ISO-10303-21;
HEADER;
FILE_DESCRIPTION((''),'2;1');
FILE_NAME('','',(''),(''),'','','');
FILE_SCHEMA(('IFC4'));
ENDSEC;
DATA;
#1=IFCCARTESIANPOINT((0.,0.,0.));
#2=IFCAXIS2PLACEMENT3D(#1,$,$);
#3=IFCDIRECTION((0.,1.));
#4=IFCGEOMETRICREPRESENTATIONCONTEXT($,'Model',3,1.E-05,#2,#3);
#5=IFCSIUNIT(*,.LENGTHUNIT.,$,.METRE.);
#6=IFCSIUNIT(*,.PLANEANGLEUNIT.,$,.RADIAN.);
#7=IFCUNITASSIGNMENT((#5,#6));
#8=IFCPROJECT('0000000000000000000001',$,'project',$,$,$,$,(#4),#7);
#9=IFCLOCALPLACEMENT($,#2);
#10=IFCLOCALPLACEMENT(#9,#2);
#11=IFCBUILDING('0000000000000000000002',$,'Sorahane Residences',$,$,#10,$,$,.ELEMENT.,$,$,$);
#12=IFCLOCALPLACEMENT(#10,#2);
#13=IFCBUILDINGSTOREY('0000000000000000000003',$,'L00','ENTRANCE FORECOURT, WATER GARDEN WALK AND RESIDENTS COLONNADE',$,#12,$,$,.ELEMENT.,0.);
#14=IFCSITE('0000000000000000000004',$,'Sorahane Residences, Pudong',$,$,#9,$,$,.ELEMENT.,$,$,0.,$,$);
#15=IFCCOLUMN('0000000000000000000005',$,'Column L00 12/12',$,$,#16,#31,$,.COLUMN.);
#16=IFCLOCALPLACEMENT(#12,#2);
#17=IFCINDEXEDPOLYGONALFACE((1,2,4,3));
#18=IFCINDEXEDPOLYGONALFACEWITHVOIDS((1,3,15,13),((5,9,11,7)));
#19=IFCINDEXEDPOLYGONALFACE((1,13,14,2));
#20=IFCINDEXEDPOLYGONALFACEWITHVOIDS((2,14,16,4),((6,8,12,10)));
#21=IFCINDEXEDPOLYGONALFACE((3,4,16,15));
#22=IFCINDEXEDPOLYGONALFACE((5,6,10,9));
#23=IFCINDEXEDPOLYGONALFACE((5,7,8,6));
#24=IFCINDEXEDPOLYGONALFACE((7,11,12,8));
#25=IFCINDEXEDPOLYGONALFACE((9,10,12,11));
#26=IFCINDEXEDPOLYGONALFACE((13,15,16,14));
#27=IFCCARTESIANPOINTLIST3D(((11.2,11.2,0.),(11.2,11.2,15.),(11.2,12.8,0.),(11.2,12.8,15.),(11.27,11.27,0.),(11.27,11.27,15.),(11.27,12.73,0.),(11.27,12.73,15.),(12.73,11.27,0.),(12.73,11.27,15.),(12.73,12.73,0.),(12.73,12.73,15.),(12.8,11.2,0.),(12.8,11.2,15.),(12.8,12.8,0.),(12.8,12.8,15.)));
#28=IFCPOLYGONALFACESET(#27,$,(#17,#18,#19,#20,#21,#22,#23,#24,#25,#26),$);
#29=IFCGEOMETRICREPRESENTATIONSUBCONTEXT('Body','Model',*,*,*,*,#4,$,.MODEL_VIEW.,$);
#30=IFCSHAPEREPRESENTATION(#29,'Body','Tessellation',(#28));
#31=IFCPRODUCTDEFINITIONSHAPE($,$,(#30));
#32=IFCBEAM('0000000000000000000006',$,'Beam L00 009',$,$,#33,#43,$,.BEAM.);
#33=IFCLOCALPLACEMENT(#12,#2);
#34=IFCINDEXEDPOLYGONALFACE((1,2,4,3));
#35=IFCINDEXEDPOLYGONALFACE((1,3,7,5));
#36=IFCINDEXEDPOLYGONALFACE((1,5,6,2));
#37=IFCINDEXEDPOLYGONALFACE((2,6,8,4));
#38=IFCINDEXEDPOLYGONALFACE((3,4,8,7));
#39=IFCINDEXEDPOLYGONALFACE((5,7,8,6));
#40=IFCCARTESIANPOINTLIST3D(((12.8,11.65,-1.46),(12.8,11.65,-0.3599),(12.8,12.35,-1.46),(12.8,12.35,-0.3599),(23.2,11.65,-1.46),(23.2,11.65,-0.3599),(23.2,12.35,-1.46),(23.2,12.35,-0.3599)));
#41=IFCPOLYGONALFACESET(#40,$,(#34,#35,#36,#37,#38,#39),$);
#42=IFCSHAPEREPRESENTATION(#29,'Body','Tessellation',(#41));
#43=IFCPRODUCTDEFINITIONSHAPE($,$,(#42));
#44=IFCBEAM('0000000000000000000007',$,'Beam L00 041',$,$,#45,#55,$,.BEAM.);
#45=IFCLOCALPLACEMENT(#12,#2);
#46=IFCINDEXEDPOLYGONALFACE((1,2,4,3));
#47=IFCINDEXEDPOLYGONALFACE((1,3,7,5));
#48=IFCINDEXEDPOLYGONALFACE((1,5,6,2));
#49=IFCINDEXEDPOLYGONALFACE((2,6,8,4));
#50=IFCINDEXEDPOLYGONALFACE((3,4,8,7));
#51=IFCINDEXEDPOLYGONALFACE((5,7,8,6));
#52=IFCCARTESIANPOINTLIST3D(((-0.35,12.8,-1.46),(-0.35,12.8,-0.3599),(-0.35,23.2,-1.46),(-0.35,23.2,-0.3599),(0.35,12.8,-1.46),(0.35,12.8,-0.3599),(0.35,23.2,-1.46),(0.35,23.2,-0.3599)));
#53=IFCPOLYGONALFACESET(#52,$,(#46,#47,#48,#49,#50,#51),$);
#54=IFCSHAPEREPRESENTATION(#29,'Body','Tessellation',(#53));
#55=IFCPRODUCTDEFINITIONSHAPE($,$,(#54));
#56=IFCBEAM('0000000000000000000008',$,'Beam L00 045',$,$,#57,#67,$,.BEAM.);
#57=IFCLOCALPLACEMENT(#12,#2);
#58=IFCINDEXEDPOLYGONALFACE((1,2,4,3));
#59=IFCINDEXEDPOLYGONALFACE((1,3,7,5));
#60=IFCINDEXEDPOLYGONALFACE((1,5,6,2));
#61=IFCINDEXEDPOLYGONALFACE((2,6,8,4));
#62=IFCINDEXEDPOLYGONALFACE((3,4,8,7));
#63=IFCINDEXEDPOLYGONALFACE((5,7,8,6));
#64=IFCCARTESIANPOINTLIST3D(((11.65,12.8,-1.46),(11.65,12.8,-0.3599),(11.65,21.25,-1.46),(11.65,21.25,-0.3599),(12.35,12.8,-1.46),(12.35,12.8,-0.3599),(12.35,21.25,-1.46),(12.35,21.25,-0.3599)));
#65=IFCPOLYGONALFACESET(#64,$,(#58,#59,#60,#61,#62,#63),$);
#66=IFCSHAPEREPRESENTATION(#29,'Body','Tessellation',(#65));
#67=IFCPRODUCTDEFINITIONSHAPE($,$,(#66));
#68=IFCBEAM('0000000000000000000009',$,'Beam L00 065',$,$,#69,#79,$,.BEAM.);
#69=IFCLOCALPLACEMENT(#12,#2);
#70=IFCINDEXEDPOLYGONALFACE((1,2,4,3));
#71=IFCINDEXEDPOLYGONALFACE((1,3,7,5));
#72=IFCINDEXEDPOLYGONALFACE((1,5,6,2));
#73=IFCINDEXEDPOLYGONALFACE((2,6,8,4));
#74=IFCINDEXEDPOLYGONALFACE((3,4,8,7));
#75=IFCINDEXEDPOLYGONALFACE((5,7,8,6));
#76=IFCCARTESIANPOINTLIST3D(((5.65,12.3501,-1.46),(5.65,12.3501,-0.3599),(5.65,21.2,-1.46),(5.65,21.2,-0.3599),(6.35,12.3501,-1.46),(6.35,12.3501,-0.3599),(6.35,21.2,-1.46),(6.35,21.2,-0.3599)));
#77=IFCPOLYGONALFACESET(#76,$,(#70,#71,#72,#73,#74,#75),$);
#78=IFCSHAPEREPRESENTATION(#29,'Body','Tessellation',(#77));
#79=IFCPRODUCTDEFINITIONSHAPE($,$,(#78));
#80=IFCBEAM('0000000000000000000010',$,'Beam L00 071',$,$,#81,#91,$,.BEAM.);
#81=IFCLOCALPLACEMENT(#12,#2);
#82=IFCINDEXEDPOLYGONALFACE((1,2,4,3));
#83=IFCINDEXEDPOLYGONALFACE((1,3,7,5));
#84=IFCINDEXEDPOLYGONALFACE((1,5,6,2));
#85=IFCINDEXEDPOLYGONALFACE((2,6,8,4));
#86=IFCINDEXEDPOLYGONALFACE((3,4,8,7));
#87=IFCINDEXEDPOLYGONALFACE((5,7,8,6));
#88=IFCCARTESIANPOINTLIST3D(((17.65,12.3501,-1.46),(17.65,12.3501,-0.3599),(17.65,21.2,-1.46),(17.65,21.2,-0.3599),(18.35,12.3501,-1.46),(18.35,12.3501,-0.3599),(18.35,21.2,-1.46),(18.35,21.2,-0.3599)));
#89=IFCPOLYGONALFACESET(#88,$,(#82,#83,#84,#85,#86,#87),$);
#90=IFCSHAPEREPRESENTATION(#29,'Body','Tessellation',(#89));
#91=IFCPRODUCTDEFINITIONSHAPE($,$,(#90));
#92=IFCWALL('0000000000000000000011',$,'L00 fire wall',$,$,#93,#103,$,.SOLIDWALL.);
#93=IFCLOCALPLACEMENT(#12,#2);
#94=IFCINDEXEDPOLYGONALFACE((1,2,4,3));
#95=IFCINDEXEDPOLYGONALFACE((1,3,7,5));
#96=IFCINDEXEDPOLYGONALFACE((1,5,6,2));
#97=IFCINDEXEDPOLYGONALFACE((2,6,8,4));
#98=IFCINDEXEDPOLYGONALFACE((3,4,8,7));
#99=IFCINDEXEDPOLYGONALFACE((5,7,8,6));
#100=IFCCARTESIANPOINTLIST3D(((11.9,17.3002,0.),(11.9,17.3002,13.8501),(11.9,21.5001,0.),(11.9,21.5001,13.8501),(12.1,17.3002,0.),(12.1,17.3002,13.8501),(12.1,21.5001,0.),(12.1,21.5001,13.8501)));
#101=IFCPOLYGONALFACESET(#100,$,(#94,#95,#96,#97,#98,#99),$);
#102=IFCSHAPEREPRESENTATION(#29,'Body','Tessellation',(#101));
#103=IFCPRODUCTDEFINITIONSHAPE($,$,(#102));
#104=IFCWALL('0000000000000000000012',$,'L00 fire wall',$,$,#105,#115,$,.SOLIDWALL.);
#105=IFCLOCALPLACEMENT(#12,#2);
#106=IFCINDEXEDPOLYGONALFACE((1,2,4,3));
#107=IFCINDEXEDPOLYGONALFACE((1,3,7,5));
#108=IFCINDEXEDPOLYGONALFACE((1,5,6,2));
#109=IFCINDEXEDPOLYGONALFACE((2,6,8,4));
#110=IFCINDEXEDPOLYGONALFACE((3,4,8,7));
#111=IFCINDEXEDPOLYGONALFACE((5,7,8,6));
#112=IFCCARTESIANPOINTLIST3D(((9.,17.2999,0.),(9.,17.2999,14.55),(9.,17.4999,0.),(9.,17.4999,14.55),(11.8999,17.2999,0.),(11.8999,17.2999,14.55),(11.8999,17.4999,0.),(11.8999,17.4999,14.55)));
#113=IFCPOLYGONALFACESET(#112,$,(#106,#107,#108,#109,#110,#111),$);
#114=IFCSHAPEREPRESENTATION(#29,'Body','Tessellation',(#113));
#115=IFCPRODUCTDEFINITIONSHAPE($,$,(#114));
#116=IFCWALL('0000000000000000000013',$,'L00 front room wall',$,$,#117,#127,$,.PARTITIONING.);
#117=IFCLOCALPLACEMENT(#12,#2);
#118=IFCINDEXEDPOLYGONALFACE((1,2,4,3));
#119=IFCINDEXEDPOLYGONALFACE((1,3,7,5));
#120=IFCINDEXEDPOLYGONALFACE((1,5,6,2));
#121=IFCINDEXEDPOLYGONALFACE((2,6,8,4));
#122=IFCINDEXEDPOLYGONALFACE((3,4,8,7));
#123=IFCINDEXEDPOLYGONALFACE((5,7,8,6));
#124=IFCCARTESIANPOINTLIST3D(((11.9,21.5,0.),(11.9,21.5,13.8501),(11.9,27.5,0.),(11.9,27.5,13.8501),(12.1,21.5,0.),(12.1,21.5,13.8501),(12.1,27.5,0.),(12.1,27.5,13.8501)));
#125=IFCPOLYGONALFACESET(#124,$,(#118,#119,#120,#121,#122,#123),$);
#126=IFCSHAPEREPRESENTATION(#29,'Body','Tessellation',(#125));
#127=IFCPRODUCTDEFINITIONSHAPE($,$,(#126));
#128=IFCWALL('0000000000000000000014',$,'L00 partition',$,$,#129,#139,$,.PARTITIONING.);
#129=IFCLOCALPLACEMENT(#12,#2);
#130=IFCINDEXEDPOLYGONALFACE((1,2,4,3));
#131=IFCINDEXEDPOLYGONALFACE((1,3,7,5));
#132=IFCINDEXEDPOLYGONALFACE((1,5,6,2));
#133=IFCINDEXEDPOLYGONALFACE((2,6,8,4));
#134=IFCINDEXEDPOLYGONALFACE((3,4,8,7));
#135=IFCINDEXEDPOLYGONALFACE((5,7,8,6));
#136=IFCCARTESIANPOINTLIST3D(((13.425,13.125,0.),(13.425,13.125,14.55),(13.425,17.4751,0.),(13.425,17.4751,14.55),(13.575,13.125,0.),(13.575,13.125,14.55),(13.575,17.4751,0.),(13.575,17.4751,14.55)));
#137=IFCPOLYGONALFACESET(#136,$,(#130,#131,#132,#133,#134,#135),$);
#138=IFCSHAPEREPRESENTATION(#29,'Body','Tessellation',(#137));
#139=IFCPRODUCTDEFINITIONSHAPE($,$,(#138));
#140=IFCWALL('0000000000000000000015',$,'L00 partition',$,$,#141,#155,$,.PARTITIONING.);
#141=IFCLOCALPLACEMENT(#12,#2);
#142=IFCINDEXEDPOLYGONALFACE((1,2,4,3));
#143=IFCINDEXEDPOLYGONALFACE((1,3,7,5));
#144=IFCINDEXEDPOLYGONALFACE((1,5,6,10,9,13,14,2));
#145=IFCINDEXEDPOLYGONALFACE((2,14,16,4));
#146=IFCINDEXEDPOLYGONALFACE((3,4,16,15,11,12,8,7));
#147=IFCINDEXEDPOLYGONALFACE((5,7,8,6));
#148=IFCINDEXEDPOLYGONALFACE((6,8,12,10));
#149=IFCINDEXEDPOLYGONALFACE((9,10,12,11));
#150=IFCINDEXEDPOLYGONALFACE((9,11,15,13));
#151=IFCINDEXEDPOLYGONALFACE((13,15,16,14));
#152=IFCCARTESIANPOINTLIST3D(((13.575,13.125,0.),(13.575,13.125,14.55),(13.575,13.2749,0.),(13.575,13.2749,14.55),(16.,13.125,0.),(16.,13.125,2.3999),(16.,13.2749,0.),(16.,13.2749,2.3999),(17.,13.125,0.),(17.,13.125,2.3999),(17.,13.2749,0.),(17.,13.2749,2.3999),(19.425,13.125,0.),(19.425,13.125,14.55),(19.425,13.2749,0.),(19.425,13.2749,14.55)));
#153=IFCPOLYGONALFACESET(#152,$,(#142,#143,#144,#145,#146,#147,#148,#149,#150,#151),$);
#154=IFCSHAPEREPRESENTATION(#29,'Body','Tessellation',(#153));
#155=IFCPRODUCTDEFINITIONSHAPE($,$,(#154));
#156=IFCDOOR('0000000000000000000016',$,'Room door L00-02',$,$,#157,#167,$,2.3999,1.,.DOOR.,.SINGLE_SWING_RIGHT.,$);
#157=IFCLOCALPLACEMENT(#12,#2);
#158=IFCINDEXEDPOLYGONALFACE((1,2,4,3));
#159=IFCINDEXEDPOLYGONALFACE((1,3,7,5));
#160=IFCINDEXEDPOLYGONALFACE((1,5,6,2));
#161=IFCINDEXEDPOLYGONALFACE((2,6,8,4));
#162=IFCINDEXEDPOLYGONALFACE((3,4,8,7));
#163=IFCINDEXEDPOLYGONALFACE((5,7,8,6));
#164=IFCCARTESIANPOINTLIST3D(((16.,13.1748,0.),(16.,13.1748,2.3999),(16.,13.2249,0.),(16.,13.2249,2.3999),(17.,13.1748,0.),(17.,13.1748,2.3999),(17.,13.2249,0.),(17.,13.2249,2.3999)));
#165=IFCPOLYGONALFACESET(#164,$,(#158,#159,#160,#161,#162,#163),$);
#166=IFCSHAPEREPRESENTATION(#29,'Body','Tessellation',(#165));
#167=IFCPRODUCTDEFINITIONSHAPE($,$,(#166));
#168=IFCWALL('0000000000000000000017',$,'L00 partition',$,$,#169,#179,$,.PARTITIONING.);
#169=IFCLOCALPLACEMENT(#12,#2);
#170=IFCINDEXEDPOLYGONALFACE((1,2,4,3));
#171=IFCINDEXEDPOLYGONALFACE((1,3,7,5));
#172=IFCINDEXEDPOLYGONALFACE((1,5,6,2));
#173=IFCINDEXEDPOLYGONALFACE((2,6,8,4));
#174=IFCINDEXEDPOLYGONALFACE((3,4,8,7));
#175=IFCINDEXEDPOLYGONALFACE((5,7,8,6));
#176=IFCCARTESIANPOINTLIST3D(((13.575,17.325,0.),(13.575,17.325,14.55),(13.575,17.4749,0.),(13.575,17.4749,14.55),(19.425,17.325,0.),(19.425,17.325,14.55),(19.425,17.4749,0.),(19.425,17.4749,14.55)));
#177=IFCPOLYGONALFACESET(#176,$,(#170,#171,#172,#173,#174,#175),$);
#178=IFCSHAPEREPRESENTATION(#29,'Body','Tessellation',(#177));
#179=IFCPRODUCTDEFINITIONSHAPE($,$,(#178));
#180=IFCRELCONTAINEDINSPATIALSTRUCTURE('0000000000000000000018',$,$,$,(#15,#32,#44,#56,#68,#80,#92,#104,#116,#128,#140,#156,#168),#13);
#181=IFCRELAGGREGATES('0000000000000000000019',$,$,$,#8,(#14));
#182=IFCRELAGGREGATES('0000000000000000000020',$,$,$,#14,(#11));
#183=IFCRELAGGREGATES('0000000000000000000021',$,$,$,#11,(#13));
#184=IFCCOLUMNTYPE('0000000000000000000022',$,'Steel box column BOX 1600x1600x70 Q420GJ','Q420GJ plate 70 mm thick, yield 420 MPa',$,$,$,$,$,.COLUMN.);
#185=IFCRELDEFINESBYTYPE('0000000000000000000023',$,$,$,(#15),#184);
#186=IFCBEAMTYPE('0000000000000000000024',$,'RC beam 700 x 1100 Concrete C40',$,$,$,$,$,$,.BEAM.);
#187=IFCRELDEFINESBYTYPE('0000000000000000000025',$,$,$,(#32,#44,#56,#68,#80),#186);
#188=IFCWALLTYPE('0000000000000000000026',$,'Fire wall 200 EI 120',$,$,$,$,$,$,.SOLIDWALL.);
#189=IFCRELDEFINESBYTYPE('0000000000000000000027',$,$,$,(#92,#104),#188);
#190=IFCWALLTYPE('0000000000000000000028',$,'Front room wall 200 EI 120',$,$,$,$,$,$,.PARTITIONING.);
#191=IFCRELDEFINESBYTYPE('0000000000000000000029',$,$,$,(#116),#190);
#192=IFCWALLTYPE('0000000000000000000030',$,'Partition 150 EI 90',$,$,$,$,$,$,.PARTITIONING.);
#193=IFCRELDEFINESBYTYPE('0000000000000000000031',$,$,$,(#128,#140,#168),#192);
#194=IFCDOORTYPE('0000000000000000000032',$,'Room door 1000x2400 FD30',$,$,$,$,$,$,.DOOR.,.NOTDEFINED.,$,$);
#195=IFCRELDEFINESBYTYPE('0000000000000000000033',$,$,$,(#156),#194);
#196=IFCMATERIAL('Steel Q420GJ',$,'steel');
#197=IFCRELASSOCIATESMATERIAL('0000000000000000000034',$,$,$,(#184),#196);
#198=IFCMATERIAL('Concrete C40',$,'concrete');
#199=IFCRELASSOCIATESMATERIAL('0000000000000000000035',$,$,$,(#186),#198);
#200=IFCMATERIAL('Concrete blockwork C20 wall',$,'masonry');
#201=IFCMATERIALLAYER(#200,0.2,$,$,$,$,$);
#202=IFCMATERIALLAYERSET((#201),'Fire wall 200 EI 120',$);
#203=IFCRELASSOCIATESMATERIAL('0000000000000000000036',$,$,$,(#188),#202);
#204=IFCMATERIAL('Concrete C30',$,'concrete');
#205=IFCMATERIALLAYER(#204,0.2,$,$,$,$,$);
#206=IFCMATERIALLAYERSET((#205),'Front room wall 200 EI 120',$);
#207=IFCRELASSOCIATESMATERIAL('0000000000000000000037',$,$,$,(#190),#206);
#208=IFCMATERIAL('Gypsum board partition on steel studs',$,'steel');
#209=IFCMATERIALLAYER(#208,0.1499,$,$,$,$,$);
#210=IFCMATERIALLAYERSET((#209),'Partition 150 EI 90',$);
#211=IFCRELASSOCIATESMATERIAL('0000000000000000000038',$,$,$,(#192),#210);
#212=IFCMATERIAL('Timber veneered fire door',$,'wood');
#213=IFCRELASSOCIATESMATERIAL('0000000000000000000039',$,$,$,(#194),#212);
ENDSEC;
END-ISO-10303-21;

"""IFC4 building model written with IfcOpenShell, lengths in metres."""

from ifc_helpers import new_model, si_unit, direction, frame, frame_2d, origin, origin_2d, place, context, subcontext, project, spatial, rectangle, hollow_rectangle, extrude, material, layer, layer_set, material_profile, profile_set, type_object, element, fill, save


model = new_model("IFC4")

# Units and contexts
model_context = context("Model", 3, precision=1e-05, world=origin(), true_north=direction((0.0, 1.0)))
body_context = subcontext(model_context, "Body", "Model", "MODEL_VIEW")
ifc_project = project(units=[si_unit("LENGTHUNIT", "METRE"), si_unit("PLANEANGLEUNIT", "RADIAN")], contexts=[model_context])

# Site, building, storey
site_placement = place(None, origin())
site = spatial("IfcSite", under=ifc_project, at=site_placement, Name="Sorahane Residences, Pudong", CompositionType="ELEMENT", RefElevation=0.0)
building_placement = place(site_placement, origin())
building = spatial("IfcBuilding", under=site, at=building_placement, Name="Sorahane Residences", CompositionType="ELEMENT")
storey_placement = place(building_placement, origin())
storey = spatial("IfcBuildingStorey", under=building, at=storey_placement, Name="L00", Description="ENTRANCE FORECOURT, WATER GARDEN WALK AND RESIDENTS COLONNADE", CompositionType="ELEMENT", Elevation=0.0)

# Column
ifc_material_1 = material(Name="Steel Q420GJ", Category="steel")
ifc_material_profile_1 = material_profile(ifc_material_1, hollow_rectangle(XDim=1.6001, YDim=1.6001, WallThickness=0.0701, at=origin_2d()), Name="BOX 1600x1600x70")
ifc_profile_set_1 = profile_set([ifc_material_profile_1], Name="Steel Q420GJ")
column_type = type_object("IfcColumnType", Name="Steel box column BOX 1600x1600x70 Q420GJ", Description="Q420GJ plate 70 mm thick, yield 420 MPa", PredefinedType="COLUMN", material=ifc_profile_set_1)
column_placement = place(storey_placement, frame((12.0, 12.0, 0.0), z_axis=(0.0, 0.0, 1.0), x_axis=(1.0, 0.0, 0.0)))
element("IfcColumn", 1, at=column_placement, inside=storey, type_object=column_type, Name="Column L00 12/12", PredefinedType="COLUMN", context=body_context, shape_type="SweptSolid", body=[
    extrude(hollow_rectangle(XDim=1.6001, YDim=1.6001, WallThickness=0.0701, at=origin_2d()), origin(), (0.0, 0.0, 1.0), 15.0),
])

# Beams
ifc_material_2 = material(Name="Concrete C40", Category="concrete")
ifc_material_profile_2 = material_profile(ifc_material_2, rectangle(XDim=0.7, YDim=1.1001, at=origin_2d()), Name="700x1100")
ifc_profile_set_2 = profile_set([ifc_material_profile_2], Name="Concrete C40")
beam_type = type_object("IfcBeamType", Name="RC beam 700 x 1100 Concrete C40", PredefinedType="BEAM", material=ifc_profile_set_2)
for number, where, z_axis, x_axis, name in (
    (2, (12.8, 12.0, -0.9099), (1.0, 0.0, 0.0), (0.0, 1.0, 0.0), "Beam L00 009"),
    (3, (0.0, 12.8, -0.9099), (0.0, 1.0, 0.0), (-1.0, 0.0, 0.0), "Beam L00 041"),
):
    element("IfcBeam", number, at=place(storey_placement, frame(where, z_axis=z_axis, x_axis=x_axis)), inside=storey, type_object=beam_type, Name=name, PredefinedType="BEAM", context=body_context, shape_type="SweptSolid", body=[
        extrude(rectangle(XDim=0.7, YDim=1.1001, at=origin_2d()), origin(), (0.0, 0.0, 1.0), 10.3999),
    ])
beam_placement = place(storey_placement, frame((12.0, 12.8, -0.9099), z_axis=(0.0, 1.0, 0.0), x_axis=(-1.0, 0.0, 0.0)))
element("IfcBeam", 4, at=beam_placement, inside=storey, type_object=beam_type, Name="Beam L00 045", PredefinedType="BEAM", context=body_context, shape_type="SweptSolid", body=[
    extrude(rectangle(XDim=0.7, YDim=1.1001, at=origin_2d()), origin(), (0.0, 0.0, 1.0), 8.45),
])
for number, where, z_axis, x_axis, name in (
    (5, (6.0, 12.3501, -0.9099), (0.0, 1.0, 0.0), (-1.0, 0.0, 0.0), "Beam L00 065"),
    (6, (18.0, 12.3501, -0.9099), (0.0, 1.0, 0.0), (-1.0, 0.0, 0.0), "Beam L00 071"),
):
    element("IfcBeam", number, at=place(storey_placement, frame(where, z_axis=z_axis, x_axis=x_axis)), inside=storey, type_object=beam_type, Name=name, PredefinedType="BEAM", context=body_context, shape_type="SweptSolid", body=[
        extrude(rectangle(XDim=0.7, YDim=1.1001, at=origin_2d()), origin(), (0.0, 0.0, 1.0), 8.8499),
    ])

# Walls
ifc_material_3 = material(Name="Concrete blockwork C20 wall", Category="masonry")
ifc_layer_1 = layer(ifc_material_3, 0.2)
ifc_layer_set_1 = layer_set([ifc_layer_1], Name="Fire wall 200 EI 120")
wall_type_1 = type_object("IfcWallType", Name="Fire wall 200 EI 120", PredefinedType="SOLIDWALL", material=ifc_layer_set_1)
wall_1_placement = place(storey_placement, frame((12.0, 17.3, 0.0), z_axis=(0.0, 0.0, 1.0), x_axis=(0.0, 1.0, 0.0)))
element("IfcWall", 7, at=wall_1_placement, inside=storey, type_object=wall_type_1, Name="L00 fire wall", PredefinedType="SOLIDWALL", context=body_context, shape_type="SweptSolid", body=[
    extrude(rectangle(XDim=4.2, YDim=0.2, at=frame_2d((2.1001, 0.0))), origin(), (0.0, 0.0, 1.0), 13.8501),
])
wall_2_placement = place(storey_placement, frame((9.0, 17.3999, 0.0), z_axis=(0.0, 0.0, 1.0), x_axis=(1.0, 0.0, 0.0)))
element("IfcWall", 8, at=wall_2_placement, inside=storey, type_object=wall_type_1, Name="L00 fire wall", PredefinedType="SOLIDWALL", context=body_context, shape_type="SweptSolid", body=[
    extrude(rectangle(XDim=2.8999, YDim=0.2, at=frame_2d((1.45, 0.0))), origin(), (0.0, 0.0, 1.0), 14.55),
])
ifc_material_4 = material(Name="Concrete C30", Category="concrete")
ifc_layer_2 = layer(ifc_material_4, 0.2)
ifc_layer_set_2 = layer_set([ifc_layer_2], Name="Front room wall 200 EI 120")
wall_type_2 = type_object("IfcWallType", Name="Front room wall 200 EI 120", PredefinedType="PARTITIONING", material=ifc_layer_set_2)
wall_3_placement = place(storey_placement, frame((12.0, 21.5, 0.0), z_axis=(0.0, 0.0, 1.0), x_axis=(0.0, 1.0, 0.0)))
element("IfcWall", 9, at=wall_3_placement, inside=storey, type_object=wall_type_2, Name="L00 front room wall", PredefinedType="PARTITIONING", context=body_context, shape_type="SweptSolid", body=[
    extrude(rectangle(XDim=6.0, YDim=0.2, at=frame_2d((3.0, 0.0))), origin(), (0.0, 0.0, 1.0), 13.8501),
])
ifc_material_5 = material(Name="Gypsum board partition on steel studs", Category="steel")
ifc_layer_3 = layer(ifc_material_5, 0.1499)
ifc_layer_set_3 = layer_set([ifc_layer_3], Name="Partition 150 EI 90")
wall_type_3 = type_object("IfcWallType", Name="Partition 150 EI 90", PredefinedType="PARTITIONING", material=ifc_layer_set_3)
wall_4_placement = place(storey_placement, frame((13.5, 13.125, 0.0), z_axis=(0.0, 0.0, 1.0), x_axis=(0.0, 1.0, 0.0)))
element("IfcWall", 10, at=wall_4_placement, inside=storey, type_object=wall_type_3, Name="L00 partition", PredefinedType="PARTITIONING", context=body_context, shape_type="SweptSolid", body=[
    extrude(rectangle(XDim=4.3501, YDim=0.1499, at=frame_2d((2.175, 0.0))), origin(), (0.0, 0.0, 1.0), 14.55),
])

# Wall, opening, door
wall_5_placement = place(storey_placement, frame((13.575, 13.2, 0.0), z_axis=(0.0, 0.0, 1.0), x_axis=(1.0, 0.0, 0.0)))
wall_5 = element("IfcWall", 11, at=wall_5_placement, inside=storey, type_object=wall_type_3, Name="L00 partition", PredefinedType="PARTITIONING", context=body_context, shape_type="SweptSolid", body=[
    extrude(rectangle(XDim=5.8501, YDim=0.1499, at=frame_2d((2.925, 0.0))), origin(), (0.0, 0.0, 1.0), 14.55),
])
opening_1_placement = place(wall_5_placement, frame((2.425, 0.0, 0.0)))
opening_1 = element("IfcOpeningElement", 12, at=opening_1_placement, cuts=wall_5, PredefinedType="OPENING", context=body_context, shape_type="SweptSolid", body=[
    extrude(rectangle(XDim=1.0, YDim=2.3999, at=frame_2d((0.5, 1.2))), frame((0.0, 0.085, 0.0), z_axis=(0.0, -1.0, 0.0), x_axis=(1.0, 0.0, 0.0)), (0.0, 0.0, 1.0), 0.1699),
])
ifc_material_6 = material(Name="Timber veneered fire door", Category="wood")
door_type_1 = type_object("IfcDoorType", Name="Room door 1000x2400 FD30", OperationType="NOTDEFINED", PredefinedType="DOOR", material=ifc_material_6)
door_1_placement = place(opening_1_placement, origin())
door_1 = element("IfcDoor", 13, at=door_1_placement, inside=storey, type_object=door_type_1, Name="Room door L00-02", OperationType="SINGLE_SWING_RIGHT", OverallHeight=2.3999, OverallWidth=1.0, PredefinedType="DOOR", context=body_context, shape_type="SweptSolid", body=[
    extrude(rectangle(XDim=1.0, YDim=2.3999, at=frame_2d((0.5, 1.2))), frame((0.0, 0.0249, 0.0), z_axis=(0.0, -1.0, 0.0), x_axis=(1.0, 0.0, 0.0)), (0.0, 0.0, 1.0), 0.05),
])
fill(opening_1, door_1)

# Wall
wall_6_placement = place(storey_placement, frame((13.575, 17.3999, 0.0), z_axis=(0.0, 0.0, 1.0), x_axis=(1.0, 0.0, 0.0)))
element("IfcWall", 14, at=wall_6_placement, inside=storey, type_object=wall_type_3, Name="L00 partition", PredefinedType="PARTITIONING", context=body_context, shape_type="SweptSolid", body=[
    extrude(rectangle(XDim=5.8501, YDim=0.1499, at=frame_2d((2.925, 0.0))), origin(), (0.0, 0.0, 1.0), 14.55),
])

save(model, "model.ifc")
